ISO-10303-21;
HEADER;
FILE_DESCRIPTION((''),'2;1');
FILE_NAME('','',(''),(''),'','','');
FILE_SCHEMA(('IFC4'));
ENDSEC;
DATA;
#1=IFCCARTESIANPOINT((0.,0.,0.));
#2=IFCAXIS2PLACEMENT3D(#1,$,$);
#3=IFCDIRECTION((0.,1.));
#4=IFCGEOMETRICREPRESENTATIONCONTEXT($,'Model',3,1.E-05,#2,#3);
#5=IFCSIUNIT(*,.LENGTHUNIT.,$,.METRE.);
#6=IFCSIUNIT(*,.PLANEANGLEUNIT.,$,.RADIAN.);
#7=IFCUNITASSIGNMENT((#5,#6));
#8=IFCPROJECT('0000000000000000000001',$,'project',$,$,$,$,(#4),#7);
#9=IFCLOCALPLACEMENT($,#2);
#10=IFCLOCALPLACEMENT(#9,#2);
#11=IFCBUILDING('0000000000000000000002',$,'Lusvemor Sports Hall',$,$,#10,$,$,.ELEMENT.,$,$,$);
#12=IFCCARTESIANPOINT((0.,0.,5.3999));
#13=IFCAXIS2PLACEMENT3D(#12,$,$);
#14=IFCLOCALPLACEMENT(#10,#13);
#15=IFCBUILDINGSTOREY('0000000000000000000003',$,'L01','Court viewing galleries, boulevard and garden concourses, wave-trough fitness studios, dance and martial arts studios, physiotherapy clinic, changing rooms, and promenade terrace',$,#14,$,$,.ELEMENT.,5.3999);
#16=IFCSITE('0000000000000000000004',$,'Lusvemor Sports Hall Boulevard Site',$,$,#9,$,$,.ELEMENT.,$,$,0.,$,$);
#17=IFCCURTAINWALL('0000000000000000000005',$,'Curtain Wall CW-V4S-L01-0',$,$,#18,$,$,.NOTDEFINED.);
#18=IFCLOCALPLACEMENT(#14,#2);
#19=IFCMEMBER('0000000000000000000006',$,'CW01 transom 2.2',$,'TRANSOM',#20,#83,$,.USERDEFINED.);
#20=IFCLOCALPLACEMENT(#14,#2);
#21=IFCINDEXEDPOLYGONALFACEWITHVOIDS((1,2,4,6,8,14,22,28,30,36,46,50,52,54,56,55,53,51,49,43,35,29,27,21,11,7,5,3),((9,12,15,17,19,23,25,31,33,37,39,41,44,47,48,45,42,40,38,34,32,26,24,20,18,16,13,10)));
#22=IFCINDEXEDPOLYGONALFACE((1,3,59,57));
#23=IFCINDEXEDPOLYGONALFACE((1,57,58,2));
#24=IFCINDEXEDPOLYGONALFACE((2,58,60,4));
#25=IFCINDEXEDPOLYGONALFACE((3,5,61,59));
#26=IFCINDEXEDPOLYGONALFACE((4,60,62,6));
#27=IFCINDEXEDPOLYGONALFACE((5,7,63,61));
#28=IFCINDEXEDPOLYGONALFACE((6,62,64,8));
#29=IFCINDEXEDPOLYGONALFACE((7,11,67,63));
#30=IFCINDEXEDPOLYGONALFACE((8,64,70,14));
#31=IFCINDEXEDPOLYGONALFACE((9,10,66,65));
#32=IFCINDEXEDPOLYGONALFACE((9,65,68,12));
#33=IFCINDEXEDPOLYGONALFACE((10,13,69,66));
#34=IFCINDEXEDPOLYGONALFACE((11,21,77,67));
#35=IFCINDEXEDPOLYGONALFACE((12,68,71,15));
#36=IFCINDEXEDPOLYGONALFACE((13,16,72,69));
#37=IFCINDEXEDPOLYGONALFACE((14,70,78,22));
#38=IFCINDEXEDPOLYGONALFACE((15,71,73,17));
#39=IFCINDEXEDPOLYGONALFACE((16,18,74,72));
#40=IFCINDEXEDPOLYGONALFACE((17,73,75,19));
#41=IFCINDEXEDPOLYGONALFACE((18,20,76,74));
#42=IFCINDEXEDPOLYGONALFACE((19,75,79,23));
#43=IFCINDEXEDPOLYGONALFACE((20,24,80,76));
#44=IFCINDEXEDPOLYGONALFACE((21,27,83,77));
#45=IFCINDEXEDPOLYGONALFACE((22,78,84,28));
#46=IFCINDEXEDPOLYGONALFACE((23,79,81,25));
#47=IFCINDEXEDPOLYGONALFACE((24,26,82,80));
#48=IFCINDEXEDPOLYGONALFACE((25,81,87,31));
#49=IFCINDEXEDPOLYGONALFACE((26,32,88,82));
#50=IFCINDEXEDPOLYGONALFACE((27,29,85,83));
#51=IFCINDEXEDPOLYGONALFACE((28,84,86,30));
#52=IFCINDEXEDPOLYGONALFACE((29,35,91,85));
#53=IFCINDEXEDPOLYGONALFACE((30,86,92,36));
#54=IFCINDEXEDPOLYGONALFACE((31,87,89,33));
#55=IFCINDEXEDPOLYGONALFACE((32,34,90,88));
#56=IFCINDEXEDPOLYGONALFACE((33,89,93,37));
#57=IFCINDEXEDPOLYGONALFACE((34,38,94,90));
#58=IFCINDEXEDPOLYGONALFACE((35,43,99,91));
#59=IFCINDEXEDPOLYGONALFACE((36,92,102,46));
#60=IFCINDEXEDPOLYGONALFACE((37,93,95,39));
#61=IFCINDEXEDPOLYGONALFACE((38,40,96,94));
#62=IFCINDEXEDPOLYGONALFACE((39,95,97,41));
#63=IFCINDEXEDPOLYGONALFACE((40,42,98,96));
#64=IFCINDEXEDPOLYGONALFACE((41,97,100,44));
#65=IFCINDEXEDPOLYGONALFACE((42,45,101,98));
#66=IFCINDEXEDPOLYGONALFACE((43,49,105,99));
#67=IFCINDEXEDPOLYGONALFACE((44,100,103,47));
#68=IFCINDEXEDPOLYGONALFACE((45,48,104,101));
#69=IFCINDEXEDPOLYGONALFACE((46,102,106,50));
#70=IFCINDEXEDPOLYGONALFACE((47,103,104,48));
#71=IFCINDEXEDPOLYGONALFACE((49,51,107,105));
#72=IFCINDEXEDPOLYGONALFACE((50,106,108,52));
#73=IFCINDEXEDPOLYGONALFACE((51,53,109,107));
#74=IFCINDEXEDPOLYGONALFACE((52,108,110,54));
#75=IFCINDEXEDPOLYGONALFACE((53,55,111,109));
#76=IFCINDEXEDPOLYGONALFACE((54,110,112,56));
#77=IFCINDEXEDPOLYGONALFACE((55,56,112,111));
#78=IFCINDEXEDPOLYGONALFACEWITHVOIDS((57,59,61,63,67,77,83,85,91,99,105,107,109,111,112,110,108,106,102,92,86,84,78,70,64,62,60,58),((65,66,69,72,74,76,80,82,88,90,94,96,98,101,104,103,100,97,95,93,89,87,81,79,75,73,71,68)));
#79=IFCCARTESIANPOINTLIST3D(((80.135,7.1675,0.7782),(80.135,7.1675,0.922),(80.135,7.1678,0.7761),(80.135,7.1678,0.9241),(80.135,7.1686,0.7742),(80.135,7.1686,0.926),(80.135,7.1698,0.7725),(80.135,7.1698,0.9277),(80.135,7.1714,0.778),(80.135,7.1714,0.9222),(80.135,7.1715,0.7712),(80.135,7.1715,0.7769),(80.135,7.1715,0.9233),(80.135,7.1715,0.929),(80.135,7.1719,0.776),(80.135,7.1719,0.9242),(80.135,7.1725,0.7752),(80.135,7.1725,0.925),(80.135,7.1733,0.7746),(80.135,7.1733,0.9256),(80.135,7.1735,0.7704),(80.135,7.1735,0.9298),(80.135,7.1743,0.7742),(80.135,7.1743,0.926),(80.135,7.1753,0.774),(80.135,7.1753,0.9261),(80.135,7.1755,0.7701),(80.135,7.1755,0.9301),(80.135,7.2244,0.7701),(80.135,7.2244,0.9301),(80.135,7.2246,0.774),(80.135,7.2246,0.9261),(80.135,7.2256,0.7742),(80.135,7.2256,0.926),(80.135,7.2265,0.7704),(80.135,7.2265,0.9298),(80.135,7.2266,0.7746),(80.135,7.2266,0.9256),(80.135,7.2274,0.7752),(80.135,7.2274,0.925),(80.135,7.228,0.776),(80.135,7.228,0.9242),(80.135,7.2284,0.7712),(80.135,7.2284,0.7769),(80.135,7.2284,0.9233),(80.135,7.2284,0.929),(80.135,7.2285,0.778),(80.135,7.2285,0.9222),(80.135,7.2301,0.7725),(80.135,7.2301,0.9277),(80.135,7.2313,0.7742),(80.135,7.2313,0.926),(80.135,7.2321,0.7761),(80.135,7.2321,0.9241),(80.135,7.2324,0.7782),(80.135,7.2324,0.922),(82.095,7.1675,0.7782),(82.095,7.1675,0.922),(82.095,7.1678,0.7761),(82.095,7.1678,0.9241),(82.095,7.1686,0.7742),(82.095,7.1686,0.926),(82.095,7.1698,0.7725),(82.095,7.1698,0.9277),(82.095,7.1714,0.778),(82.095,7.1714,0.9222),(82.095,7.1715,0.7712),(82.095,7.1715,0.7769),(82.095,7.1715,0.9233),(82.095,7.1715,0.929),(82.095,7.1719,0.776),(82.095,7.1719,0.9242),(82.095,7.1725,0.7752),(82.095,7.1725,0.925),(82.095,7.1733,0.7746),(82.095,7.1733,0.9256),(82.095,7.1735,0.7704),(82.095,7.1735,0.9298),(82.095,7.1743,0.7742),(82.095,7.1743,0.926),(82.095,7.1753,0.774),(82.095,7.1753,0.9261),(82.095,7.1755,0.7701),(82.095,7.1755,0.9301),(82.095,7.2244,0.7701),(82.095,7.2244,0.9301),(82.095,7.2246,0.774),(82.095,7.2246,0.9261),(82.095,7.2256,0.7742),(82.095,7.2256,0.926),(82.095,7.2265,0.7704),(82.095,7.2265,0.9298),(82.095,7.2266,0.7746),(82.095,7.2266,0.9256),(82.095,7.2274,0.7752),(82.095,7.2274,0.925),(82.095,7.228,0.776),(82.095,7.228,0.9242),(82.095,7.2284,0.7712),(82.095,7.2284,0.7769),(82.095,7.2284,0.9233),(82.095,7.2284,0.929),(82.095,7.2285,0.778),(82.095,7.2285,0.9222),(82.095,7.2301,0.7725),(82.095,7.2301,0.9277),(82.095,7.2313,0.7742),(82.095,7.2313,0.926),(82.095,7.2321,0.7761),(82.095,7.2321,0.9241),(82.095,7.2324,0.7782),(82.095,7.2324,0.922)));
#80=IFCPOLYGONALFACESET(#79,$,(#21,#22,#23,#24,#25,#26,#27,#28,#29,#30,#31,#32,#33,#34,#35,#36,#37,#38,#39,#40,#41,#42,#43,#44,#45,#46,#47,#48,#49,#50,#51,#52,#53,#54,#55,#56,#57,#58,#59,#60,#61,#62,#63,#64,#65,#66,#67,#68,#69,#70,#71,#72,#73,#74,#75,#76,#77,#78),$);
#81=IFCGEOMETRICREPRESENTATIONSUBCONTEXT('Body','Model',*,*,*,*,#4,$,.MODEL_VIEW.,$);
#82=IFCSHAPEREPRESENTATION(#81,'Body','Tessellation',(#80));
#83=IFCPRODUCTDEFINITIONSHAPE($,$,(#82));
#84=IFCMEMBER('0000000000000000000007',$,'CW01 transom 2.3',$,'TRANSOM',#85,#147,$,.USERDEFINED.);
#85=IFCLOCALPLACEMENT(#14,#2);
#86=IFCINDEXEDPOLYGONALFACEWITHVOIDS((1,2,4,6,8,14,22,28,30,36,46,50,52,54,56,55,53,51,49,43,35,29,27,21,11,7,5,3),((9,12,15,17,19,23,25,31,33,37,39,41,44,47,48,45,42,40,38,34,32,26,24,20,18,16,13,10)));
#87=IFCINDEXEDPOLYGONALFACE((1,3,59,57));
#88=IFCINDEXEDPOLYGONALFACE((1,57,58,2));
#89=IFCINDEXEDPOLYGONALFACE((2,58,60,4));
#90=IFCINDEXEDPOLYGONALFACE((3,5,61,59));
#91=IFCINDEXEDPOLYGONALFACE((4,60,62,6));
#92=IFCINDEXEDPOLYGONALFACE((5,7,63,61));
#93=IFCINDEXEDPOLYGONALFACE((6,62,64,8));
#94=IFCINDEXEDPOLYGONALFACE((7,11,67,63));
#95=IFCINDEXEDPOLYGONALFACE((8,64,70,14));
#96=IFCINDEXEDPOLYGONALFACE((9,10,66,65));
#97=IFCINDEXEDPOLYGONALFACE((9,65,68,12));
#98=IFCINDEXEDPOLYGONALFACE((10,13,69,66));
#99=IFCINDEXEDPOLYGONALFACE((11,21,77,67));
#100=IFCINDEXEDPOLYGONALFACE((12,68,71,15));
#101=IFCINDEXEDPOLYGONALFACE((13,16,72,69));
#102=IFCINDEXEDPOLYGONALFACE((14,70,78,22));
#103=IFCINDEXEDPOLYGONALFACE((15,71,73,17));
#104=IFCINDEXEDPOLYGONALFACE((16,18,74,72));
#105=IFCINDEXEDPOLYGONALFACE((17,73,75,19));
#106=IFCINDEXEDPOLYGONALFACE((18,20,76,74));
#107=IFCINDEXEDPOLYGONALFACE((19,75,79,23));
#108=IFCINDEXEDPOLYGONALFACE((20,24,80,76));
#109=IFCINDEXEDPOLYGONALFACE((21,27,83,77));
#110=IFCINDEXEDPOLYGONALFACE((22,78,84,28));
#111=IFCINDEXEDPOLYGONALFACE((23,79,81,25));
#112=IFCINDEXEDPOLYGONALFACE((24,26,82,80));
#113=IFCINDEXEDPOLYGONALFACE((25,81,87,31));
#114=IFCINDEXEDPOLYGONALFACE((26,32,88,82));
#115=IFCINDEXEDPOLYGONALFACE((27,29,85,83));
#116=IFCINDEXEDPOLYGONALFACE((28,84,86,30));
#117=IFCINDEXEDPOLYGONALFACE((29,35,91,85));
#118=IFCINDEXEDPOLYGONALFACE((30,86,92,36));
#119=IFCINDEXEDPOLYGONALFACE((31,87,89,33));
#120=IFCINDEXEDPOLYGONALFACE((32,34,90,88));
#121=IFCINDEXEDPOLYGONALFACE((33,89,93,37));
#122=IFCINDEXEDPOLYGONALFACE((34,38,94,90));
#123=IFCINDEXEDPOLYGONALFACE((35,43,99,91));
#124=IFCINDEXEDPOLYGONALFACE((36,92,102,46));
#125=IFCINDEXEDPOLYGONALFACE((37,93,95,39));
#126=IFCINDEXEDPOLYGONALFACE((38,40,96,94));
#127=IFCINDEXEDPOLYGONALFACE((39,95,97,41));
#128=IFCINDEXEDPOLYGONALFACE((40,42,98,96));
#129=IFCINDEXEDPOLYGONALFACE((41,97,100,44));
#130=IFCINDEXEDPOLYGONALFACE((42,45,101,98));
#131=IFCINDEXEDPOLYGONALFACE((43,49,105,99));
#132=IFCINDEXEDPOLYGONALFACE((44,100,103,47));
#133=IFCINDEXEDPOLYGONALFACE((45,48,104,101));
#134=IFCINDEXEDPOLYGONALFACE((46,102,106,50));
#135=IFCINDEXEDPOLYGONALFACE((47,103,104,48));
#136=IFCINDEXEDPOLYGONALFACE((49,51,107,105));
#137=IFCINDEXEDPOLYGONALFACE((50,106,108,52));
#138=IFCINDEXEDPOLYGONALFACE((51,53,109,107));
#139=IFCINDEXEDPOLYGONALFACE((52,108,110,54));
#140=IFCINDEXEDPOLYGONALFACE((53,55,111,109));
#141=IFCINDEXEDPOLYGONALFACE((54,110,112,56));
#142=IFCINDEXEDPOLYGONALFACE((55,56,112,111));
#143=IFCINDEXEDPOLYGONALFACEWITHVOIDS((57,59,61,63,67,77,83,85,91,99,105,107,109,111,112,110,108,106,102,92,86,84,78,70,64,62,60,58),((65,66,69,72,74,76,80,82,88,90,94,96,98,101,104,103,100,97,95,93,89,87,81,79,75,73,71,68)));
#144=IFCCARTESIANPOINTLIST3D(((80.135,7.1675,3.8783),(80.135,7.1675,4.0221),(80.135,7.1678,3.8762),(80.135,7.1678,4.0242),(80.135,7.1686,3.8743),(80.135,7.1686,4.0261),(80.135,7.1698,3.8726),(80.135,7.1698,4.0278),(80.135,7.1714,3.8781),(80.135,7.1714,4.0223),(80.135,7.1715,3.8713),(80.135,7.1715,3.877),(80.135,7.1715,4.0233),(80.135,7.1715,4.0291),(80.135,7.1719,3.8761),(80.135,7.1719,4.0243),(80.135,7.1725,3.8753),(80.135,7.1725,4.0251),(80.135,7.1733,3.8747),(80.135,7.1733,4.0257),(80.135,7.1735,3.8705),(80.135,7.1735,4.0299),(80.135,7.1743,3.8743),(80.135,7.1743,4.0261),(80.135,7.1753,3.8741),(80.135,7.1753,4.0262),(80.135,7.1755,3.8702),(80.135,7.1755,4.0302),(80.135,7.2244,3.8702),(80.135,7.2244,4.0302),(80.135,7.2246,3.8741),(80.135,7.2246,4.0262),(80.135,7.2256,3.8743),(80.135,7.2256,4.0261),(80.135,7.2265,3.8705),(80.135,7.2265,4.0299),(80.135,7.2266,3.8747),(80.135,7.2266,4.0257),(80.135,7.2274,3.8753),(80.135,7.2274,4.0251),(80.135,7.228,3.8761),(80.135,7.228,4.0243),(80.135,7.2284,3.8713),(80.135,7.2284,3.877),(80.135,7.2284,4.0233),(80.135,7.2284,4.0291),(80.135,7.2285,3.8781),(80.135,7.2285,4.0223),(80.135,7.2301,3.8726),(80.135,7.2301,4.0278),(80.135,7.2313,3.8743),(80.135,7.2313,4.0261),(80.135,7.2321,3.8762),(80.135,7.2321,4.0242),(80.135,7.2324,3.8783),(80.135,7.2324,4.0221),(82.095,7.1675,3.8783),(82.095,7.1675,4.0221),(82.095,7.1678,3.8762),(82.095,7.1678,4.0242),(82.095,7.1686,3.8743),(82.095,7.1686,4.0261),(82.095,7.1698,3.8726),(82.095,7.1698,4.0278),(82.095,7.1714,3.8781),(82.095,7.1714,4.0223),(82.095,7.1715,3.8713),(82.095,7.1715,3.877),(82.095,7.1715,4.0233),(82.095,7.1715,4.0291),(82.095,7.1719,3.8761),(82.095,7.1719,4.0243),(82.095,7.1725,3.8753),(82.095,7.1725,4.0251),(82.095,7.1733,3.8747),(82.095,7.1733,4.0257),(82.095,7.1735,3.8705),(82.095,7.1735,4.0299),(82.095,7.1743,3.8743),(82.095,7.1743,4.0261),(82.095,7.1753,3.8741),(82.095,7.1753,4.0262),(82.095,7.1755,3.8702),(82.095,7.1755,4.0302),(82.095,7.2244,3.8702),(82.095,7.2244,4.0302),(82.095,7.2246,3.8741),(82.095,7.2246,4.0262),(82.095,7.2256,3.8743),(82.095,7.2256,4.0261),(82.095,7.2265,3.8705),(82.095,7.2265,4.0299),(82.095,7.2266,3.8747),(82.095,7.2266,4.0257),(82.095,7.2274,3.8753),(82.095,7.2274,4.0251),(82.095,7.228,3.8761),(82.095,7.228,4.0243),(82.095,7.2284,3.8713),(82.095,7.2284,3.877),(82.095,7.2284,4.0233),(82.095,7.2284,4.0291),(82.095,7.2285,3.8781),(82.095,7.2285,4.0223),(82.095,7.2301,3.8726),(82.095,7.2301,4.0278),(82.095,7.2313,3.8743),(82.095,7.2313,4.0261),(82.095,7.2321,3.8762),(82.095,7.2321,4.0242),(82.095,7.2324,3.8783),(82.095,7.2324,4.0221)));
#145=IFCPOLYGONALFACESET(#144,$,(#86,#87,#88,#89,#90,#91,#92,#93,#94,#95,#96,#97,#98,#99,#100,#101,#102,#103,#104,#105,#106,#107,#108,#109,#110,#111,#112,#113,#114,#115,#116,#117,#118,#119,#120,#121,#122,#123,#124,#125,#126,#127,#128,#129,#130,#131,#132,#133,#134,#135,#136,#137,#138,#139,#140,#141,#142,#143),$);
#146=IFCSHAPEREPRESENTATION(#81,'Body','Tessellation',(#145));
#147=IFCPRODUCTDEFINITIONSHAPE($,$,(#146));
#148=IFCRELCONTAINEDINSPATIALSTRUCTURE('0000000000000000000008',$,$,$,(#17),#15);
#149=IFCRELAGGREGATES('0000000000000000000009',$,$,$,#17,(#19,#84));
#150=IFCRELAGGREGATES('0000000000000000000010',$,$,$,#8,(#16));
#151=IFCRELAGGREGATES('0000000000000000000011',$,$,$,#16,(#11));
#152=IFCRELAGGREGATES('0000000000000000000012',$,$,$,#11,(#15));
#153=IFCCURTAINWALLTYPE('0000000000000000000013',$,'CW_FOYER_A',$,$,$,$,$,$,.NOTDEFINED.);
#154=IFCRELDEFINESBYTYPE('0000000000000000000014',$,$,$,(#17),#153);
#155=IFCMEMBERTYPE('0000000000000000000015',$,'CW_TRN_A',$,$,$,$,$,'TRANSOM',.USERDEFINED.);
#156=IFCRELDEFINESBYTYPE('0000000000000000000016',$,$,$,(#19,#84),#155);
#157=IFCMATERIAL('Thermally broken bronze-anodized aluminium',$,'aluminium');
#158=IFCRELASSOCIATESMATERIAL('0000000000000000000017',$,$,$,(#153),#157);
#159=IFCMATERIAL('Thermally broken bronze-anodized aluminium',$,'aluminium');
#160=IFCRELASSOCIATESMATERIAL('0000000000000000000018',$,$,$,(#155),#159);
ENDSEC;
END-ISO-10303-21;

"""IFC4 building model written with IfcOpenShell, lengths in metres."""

from ifc_helpers import new_model, si_unit, direction, frame, origin, origin_2d, place, context, subcontext, project, spatial, hollow_rectangle, extrude, material, material_profile, profile_set, type_object, element, aggregate, save


model = new_model("IFC4")

# Units and contexts
model_context = context("Model", 3, precision=1e-05, world=origin(), true_north=direction((0.0, 1.0)))
body_context = subcontext(model_context, "Body", "Model", "MODEL_VIEW")
ifc_project = project(units=[si_unit("LENGTHUNIT", "METRE"), si_unit("PLANEANGLEUNIT", "RADIAN")], contexts=[model_context])

# Site, building, storey
site_placement = place(None, origin())
site = spatial("IfcSite", under=ifc_project, at=site_placement, Name="Lusvemor Sports Hall Boulevard Site", CompositionType="ELEMENT", RefElevation=0.0)
building_placement = place(site_placement, origin())
building = spatial("IfcBuilding", under=site, at=building_placement, Name="Lusvemor Sports Hall", CompositionType="ELEMENT")
storey_placement = place(building_placement, frame((0.0, 0.0, 5.3999)))
storey = spatial("IfcBuildingStorey", under=building, at=storey_placement, Name="L01", Description="Court viewing galleries, boulevard and garden concourses, wave-trough fitness studios, dance and martial arts studios, physiotherapy clinic, changing rooms, and promenade terrace", CompositionType="ELEMENT", Elevation=5.3999)

# Curtain wall
ifc_material_1 = material(Name="Thermally broken bronze-anodized aluminium", Category="aluminium")
curtain_wall_type = type_object("IfcCurtainWallType", Name="CW_FOYER_A", PredefinedType="NOTDEFINED", material=ifc_material_1)
curtain_wall_1_placement = place(storey_placement, origin())
curtain_wall_1 = element("IfcCurtainWall", 1, at=curtain_wall_1_placement, inside=storey, type_object=curtain_wall_type, Name="Curtain Wall CW-V4S-L01-0", PredefinedType="NOTDEFINED")

# Members
ifc_material_2 = material(Name="Thermally broken bronze-anodized aluminium", Category="aluminium")
ifc_material_profile_1 = material_profile(ifc_material_2, hollow_rectangle(XDim=0.0649, YDim=0.1599, WallThickness=0.0039, InnerFilletRadius=0.0039, OuterFilletRadius=0.0081, at=origin_2d()), Name="CWTRN160x65x4")
ifc_profile_set_1 = profile_set([ifc_material_profile_1], Name="Thermally broken bronze-anodized aluminium")
member_type_1 = type_object("IfcMemberType", Name="CW_TRN_A", ElementType="TRANSOM", PredefinedType="USERDEFINED", material=ifc_profile_set_1)
member_1_placement = place(storey_placement, frame((82.095, 7.2, 0.8501), z_axis=(-1.0, 0.0, 0.0), x_axis=(0.0, -1.0, 0.0)))
member_1 = element("IfcMember", 2, at=member_1_placement, type_object=member_type_1, Name="CW01 transom 2.2", ObjectType="TRANSOM", PredefinedType="USERDEFINED", context=body_context, shape_type="SweptSolid", body=[
    extrude(hollow_rectangle(XDim=0.0649, YDim=0.1599, WallThickness=0.0039, InnerFilletRadius=0.0039, OuterFilletRadius=0.0081, at=origin_2d()), origin(), (0.0, 0.0, 1.0), 1.96),
])
member_2_placement = place(storey_placement, frame((82.095, 7.2, 3.9502), z_axis=(-1.0, 0.0, 0.0), x_axis=(0.0, -1.0, 0.0)))
member_2 = element("IfcMember", 3, at=member_2_placement, type_object=member_type_1, Name="CW01 transom 2.3", ObjectType="TRANSOM", PredefinedType="USERDEFINED", context=body_context, shape_type="SweptSolid", body=[
    extrude(hollow_rectangle(XDim=0.0649, YDim=0.1599, WallThickness=0.0039, InnerFilletRadius=0.0039, OuterFilletRadius=0.0081, at=origin_2d()), origin(), (0.0, 0.0, 1.0), 1.96),
])

aggregate(curtain_wall_1, [member_1, member_2])

save(model, "model.ifc")
